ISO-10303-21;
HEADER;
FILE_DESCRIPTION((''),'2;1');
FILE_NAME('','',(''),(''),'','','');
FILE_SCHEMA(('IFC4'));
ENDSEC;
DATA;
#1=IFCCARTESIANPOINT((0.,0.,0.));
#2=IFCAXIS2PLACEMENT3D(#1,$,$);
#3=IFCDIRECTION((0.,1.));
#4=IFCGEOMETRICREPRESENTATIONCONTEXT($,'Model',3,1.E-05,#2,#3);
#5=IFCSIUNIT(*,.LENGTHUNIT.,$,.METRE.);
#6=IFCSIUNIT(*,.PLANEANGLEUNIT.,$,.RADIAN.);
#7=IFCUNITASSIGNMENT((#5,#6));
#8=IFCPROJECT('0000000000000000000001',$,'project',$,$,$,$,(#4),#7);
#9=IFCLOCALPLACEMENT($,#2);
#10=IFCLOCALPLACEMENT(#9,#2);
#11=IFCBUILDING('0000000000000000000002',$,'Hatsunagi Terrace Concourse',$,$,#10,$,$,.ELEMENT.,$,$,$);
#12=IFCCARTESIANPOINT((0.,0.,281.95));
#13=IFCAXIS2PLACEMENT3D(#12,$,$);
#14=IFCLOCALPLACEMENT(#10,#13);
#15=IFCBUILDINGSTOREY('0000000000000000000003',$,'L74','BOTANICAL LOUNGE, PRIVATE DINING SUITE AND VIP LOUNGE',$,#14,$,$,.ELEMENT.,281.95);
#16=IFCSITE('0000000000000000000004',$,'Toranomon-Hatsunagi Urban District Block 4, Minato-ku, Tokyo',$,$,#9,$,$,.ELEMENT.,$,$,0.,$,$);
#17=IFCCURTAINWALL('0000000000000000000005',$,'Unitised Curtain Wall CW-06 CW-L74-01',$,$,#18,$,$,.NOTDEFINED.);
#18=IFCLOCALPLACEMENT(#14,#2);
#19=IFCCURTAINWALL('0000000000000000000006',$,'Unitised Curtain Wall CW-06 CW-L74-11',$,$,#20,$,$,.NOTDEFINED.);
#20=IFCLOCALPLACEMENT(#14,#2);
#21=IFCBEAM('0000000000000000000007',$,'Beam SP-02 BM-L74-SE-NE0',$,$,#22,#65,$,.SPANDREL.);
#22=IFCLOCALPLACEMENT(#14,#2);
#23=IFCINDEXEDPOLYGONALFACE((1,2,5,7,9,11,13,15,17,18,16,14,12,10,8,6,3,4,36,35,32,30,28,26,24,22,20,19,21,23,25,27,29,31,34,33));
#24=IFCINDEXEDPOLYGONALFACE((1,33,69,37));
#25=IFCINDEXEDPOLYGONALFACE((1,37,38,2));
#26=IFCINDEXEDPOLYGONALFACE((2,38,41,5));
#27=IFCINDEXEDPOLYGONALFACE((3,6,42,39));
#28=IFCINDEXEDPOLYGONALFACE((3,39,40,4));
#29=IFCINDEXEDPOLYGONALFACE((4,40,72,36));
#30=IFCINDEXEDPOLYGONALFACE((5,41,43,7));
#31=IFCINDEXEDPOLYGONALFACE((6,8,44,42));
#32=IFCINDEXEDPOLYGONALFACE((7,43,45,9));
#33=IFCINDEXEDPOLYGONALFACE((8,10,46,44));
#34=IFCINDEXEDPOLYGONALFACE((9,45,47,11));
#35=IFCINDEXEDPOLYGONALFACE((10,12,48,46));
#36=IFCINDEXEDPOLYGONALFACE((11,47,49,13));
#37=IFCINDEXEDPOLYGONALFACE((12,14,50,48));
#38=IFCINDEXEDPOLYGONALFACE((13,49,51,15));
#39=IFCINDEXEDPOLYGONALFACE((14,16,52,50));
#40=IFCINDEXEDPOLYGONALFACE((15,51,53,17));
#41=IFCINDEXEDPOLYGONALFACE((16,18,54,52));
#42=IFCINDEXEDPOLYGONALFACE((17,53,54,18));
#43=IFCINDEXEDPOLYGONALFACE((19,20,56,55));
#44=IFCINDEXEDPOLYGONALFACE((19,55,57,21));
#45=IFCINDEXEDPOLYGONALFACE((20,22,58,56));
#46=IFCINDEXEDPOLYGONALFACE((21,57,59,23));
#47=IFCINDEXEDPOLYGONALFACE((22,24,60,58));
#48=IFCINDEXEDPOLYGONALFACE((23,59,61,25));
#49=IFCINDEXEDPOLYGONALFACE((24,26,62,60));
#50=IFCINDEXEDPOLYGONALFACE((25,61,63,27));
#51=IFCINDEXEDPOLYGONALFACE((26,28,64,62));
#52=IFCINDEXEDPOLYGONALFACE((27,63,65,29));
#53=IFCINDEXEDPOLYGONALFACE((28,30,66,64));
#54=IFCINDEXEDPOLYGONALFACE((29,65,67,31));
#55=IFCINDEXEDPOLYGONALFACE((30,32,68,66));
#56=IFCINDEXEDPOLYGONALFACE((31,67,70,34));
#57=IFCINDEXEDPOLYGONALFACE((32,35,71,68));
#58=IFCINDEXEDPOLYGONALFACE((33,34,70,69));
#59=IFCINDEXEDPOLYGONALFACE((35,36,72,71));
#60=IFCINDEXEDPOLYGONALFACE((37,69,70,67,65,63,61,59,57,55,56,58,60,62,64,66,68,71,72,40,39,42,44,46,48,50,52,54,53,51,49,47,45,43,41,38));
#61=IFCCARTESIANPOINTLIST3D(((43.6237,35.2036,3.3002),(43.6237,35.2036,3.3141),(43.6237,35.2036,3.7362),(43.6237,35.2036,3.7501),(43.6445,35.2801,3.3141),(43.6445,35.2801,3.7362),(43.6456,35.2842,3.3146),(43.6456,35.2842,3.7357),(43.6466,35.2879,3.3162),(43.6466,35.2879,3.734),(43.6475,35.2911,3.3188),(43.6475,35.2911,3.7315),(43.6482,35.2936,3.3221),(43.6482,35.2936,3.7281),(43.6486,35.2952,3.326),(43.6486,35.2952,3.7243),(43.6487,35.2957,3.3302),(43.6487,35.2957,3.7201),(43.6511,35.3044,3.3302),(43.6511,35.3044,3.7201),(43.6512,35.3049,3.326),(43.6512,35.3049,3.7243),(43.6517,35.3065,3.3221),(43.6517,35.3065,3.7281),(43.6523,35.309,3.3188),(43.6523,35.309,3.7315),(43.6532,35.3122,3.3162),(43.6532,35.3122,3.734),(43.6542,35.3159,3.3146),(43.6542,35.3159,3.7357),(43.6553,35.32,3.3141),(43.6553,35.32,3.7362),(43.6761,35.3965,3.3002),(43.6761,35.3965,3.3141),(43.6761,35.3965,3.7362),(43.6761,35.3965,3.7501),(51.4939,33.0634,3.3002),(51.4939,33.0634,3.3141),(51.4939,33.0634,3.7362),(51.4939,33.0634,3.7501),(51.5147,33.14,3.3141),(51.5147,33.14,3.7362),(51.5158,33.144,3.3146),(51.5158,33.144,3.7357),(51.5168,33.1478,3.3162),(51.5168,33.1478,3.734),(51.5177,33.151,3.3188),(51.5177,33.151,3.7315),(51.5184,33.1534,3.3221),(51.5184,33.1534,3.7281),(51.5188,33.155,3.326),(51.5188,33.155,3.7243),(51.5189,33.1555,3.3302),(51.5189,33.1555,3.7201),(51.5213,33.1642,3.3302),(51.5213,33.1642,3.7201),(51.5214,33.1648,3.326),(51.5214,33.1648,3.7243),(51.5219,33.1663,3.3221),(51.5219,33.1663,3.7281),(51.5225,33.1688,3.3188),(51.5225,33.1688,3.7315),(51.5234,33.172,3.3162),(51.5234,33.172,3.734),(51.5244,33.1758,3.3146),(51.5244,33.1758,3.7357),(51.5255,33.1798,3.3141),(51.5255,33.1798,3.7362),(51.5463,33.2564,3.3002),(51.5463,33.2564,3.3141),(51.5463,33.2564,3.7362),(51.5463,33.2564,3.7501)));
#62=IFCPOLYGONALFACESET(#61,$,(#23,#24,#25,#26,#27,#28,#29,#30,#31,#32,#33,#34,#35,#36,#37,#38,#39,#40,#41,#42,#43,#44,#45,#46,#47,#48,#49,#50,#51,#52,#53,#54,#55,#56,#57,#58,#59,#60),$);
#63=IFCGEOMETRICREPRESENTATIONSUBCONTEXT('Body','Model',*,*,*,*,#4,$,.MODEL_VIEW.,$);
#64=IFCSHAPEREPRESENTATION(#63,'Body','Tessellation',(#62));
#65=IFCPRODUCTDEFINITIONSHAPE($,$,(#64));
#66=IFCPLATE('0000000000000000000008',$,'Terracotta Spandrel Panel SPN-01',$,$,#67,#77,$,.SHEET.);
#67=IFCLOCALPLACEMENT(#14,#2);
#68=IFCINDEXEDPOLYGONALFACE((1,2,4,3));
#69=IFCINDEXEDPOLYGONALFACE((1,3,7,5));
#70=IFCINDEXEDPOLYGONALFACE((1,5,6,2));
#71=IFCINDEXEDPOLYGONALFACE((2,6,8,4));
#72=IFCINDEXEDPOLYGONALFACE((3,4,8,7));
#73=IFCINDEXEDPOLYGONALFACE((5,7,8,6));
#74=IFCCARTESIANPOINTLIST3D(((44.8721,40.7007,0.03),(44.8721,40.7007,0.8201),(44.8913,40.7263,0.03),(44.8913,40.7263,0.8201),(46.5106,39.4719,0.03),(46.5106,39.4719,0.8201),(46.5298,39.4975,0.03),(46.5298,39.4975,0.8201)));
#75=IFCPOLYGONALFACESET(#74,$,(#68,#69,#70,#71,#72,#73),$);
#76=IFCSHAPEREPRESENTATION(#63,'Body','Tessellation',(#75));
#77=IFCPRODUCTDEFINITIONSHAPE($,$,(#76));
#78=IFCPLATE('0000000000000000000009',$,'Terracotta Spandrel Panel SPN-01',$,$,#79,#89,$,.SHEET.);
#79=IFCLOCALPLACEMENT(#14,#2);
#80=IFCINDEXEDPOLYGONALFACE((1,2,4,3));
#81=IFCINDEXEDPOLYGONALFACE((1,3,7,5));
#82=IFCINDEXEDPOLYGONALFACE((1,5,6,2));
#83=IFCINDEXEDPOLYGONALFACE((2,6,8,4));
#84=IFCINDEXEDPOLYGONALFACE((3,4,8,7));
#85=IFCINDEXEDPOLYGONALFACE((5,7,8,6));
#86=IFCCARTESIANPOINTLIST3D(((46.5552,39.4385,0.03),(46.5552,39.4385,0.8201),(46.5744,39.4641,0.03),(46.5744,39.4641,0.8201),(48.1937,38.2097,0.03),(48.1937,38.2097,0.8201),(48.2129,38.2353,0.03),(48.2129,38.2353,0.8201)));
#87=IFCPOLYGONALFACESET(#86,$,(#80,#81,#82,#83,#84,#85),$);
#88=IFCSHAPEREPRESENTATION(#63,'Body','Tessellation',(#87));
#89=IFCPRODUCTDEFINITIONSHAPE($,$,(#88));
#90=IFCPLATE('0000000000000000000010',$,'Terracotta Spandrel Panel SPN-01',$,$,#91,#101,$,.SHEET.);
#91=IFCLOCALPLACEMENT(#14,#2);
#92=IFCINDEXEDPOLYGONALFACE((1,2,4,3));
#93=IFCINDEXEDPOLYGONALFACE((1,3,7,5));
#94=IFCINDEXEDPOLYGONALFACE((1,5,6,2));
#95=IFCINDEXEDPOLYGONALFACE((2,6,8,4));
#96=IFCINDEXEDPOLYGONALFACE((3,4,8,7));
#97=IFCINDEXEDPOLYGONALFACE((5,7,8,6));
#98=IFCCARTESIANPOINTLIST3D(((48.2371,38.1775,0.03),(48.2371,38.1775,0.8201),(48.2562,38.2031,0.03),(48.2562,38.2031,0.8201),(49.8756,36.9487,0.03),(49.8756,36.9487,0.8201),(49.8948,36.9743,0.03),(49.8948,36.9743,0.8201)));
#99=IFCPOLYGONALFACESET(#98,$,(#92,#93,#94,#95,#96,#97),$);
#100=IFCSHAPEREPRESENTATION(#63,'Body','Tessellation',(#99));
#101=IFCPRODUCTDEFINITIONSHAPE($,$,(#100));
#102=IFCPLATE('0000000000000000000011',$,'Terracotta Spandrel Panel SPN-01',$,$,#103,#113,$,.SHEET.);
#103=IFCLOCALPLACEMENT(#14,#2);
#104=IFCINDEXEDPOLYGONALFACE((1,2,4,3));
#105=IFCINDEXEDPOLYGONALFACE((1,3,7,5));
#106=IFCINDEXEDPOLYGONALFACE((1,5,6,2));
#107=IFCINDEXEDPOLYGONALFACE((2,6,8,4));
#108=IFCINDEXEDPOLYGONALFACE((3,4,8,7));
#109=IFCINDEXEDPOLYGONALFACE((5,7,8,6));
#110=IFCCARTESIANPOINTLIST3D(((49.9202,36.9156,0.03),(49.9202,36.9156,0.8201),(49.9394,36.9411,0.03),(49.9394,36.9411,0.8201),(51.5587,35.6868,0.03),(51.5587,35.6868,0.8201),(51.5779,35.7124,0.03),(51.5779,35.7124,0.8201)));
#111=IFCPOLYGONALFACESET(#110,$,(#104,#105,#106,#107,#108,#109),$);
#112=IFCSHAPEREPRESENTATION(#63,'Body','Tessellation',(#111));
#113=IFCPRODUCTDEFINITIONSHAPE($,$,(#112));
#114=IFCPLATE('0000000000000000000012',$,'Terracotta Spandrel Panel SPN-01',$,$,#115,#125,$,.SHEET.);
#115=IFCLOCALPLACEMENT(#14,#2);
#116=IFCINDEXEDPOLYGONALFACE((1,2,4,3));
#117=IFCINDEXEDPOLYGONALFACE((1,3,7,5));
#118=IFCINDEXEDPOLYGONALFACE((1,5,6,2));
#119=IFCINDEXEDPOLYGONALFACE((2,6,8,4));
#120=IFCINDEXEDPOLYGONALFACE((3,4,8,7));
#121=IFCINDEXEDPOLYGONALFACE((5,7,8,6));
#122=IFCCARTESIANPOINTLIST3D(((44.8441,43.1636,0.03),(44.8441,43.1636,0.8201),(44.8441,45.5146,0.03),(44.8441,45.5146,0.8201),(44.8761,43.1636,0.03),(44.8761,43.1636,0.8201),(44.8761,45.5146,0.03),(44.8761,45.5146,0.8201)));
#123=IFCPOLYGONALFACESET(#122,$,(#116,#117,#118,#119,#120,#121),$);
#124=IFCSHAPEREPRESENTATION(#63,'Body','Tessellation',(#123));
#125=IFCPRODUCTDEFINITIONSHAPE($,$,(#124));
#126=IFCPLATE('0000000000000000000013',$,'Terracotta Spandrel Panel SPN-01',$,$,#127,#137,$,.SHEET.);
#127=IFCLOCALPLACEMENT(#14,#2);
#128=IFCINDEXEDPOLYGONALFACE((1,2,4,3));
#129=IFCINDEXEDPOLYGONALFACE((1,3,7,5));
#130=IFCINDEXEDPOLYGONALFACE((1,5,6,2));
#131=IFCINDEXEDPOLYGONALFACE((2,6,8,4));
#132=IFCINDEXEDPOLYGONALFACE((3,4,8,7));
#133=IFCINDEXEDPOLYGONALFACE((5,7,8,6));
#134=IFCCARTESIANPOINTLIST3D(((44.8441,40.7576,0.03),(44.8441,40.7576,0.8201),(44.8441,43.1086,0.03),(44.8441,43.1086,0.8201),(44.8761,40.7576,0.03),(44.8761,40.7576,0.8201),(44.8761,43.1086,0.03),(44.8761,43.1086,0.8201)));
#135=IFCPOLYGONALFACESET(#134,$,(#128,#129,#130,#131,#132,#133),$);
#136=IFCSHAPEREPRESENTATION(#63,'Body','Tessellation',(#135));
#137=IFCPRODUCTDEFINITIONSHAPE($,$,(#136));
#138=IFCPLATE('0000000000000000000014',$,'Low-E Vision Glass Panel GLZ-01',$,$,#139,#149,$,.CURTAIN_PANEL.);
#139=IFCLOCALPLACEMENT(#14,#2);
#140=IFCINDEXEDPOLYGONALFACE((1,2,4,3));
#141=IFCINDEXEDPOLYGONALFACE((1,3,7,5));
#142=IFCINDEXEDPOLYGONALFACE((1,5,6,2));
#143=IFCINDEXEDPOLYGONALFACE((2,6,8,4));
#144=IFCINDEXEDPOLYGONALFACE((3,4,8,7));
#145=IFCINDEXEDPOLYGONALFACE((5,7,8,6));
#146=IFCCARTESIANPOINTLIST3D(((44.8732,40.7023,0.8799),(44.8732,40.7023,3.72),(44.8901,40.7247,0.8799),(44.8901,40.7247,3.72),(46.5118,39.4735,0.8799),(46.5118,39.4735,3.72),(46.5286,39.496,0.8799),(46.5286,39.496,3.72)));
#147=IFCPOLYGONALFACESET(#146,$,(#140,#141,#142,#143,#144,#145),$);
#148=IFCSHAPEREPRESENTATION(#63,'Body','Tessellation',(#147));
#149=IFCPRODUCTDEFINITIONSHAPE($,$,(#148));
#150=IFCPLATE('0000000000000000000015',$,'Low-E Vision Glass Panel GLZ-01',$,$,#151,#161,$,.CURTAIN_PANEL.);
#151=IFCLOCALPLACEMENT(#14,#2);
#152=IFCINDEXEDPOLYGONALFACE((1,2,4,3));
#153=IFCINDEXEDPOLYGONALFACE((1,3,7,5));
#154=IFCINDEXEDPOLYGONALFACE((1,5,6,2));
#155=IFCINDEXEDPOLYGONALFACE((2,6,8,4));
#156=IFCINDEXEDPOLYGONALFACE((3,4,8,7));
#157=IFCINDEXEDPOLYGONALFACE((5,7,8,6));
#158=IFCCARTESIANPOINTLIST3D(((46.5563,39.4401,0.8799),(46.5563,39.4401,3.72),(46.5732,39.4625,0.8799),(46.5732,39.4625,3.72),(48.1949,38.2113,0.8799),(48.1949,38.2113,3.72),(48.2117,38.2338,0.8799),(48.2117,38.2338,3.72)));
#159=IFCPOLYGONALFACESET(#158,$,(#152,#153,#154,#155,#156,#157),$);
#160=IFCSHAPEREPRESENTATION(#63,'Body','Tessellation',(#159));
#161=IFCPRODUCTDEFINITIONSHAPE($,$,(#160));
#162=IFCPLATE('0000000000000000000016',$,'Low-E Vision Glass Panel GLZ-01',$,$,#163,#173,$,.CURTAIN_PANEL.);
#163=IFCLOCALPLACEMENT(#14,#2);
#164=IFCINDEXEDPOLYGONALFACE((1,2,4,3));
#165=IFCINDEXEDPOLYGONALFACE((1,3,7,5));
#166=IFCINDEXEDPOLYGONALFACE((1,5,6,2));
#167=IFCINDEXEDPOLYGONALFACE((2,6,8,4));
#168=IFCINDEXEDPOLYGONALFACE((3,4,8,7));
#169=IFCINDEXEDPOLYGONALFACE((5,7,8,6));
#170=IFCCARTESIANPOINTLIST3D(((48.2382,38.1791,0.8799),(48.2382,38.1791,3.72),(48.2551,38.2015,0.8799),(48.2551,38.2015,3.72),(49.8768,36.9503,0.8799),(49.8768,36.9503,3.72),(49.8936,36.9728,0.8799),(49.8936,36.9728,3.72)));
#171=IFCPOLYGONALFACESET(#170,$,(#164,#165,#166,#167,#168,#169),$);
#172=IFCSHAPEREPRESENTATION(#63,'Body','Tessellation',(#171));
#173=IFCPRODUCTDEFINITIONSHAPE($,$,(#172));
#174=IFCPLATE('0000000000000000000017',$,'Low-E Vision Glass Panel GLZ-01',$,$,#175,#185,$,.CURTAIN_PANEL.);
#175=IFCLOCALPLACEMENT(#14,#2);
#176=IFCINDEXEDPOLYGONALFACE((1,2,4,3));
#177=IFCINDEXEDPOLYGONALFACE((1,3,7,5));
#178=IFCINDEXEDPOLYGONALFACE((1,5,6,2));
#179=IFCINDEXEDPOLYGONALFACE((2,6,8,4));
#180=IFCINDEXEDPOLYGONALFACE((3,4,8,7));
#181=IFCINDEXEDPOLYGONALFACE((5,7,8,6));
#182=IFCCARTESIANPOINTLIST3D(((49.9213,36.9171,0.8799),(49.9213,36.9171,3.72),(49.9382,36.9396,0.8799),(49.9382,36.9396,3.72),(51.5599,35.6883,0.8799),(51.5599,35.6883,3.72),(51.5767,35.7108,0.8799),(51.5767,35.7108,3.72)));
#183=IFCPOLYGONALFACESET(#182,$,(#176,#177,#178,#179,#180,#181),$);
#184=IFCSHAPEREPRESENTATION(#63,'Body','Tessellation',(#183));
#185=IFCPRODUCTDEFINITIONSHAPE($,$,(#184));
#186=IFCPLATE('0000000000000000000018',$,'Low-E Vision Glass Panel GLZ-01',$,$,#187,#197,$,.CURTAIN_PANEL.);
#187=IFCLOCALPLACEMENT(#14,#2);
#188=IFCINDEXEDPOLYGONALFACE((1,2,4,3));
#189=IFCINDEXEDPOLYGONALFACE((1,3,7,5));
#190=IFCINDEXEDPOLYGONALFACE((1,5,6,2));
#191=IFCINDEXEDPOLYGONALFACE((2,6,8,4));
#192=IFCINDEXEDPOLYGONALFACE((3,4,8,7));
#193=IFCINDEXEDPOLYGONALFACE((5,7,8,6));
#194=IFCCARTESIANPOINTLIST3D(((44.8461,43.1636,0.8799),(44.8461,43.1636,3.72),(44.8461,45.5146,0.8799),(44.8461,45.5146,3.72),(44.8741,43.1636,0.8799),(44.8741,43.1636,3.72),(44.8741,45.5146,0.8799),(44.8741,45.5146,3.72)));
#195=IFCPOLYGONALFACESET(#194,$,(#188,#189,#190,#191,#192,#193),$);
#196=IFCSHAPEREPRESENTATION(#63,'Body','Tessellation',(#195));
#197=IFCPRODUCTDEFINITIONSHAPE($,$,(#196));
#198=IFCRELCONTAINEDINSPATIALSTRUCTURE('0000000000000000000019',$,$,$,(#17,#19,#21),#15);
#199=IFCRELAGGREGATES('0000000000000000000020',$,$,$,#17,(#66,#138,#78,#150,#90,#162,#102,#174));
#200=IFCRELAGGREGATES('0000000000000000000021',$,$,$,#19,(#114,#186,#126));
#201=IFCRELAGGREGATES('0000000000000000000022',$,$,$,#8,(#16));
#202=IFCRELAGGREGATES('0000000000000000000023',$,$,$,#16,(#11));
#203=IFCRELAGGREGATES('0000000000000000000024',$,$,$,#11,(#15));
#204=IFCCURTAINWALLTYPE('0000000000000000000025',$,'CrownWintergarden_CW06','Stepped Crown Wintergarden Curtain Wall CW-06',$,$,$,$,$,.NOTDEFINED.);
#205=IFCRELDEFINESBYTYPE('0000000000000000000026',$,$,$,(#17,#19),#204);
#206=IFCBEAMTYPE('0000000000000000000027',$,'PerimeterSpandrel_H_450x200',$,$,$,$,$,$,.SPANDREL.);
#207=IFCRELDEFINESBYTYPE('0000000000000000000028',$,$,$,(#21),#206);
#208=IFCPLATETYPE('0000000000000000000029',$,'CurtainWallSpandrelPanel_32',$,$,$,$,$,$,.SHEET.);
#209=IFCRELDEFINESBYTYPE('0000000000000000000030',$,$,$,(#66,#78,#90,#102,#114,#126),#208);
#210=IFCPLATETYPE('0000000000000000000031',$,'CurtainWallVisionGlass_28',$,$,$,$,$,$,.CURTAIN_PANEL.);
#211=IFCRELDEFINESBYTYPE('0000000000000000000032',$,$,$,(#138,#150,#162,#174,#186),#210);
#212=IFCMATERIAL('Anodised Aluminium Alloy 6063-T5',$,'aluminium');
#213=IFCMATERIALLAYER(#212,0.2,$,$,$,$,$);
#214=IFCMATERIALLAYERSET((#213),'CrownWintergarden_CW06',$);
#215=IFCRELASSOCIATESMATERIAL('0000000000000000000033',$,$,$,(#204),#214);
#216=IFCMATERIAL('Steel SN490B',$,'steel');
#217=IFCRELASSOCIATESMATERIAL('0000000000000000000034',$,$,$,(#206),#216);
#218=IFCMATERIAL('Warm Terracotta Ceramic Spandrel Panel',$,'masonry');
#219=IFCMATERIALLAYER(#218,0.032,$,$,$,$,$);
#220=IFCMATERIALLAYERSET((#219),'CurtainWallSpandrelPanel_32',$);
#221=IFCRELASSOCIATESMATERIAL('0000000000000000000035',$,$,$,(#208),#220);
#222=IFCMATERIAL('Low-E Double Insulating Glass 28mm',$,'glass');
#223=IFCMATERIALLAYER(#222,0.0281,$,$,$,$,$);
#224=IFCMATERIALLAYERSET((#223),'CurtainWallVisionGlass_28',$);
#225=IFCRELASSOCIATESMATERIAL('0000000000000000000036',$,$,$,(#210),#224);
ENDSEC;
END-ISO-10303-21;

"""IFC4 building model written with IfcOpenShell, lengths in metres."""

from ifc_helpers import new_model, si_unit, direction, frame, origin, origin_2d, place, context, subcontext, project, spatial, rectangle, i_section, extrude, material, layer, layer_set, material_profile, profile_set, type_object, element, aggregate, save


model = new_model("IFC4")

# Units and contexts
model_context = context("Model", 3, precision=1e-05, world=origin(), true_north=direction((0.0, 1.0)))
body_context = subcontext(model_context, "Body", "Model", "MODEL_VIEW")
ifc_project = project(units=[si_unit("LENGTHUNIT", "METRE"), si_unit("PLANEANGLEUNIT", "RADIAN")], contexts=[model_context])

# Site, building, storey
site_placement = place(None, origin())
site = spatial("IfcSite", under=ifc_project, at=site_placement, Name="Toranomon-Hatsunagi Urban District Block 4, Minato-ku, Tokyo", CompositionType="ELEMENT", RefElevation=0.0)
building_placement = place(site_placement, origin())
building = spatial("IfcBuilding", under=site, at=building_placement, Name="Hatsunagi Terrace Concourse", CompositionType="ELEMENT")
storey_placement = place(building_placement, frame((0.0, 0.0, 281.95)))
storey = spatial("IfcBuildingStorey", under=building, at=storey_placement, Name="L74", Description="BOTANICAL LOUNGE, PRIVATE DINING SUITE AND VIP LOUNGE", CompositionType="ELEMENT", Elevation=281.95)

# Curtain walls
ifc_material_1 = material(Name="Anodised Aluminium Alloy 6063-T5", Category="aluminium")
ifc_layer_1 = layer(ifc_material_1, 0.2)
ifc_layer_set_1 = layer_set([ifc_layer_1], Name="CrownWintergarden_CW06")
curtain_wall_type = type_object("IfcCurtainWallType", Name="CrownWintergarden_CW06", Description="Stepped Crown Wintergarden Curtain Wall CW-06", PredefinedType="NOTDEFINED", material=ifc_layer_set_1)
curtain_wall_1_placement = place(storey_placement, origin())
curtain_wall_1 = element("IfcCurtainWall", 1, at=curtain_wall_1_placement, inside=storey, type_object=curtain_wall_type, Name="Unitised Curtain Wall CW-06 CW-L74-01", PredefinedType="NOTDEFINED")
curtain_wall_2_placement = place(storey_placement, origin())
curtain_wall_2 = element("IfcCurtainWall", 2, at=curtain_wall_2_placement, inside=storey, type_object=curtain_wall_type, Name="Unitised Curtain Wall CW-06 CW-L74-11", PredefinedType="NOTDEFINED")

# Beam
ifc_material_2 = material(Name="Steel SN490B", Category="steel")
ifc_material_profile_1 = material_profile(ifc_material_2, i_section(OverallWidth=0.2, OverallDepth=0.45, WebThickness=0.009, FlangeThickness=0.0139, FilletRadius=0.0161, at=origin_2d()), Name="H-450x200x9x14")
ifc_profile_set_1 = profile_set([ifc_material_profile_1], Name="Steel SN490B")
beam_type_1 = type_object("IfcBeamType", Name="PerimeterSpandrel_H_450x200", PredefinedType="SPANDREL", material=ifc_profile_set_1)
beam_1_placement = place(storey_placement, frame((43.6499, 35.3, 3.5251), z_axis=(0.964958, -0.262403, 0.0), x_axis=(0.262403, 0.964958, 0.0)))
element("IfcBeam", 3, at=beam_1_placement, inside=storey, type_object=beam_type_1, Name="Beam SP-02 BM-L74-SE-NE0", PredefinedType="SPANDREL", context=body_context, shape_type="SweptSolid", body=[
    extrude(i_section(OverallWidth=0.2, OverallDepth=0.45, WebThickness=0.009, FlangeThickness=0.0139, FilletRadius=0.0161, at=origin_2d()), origin(), (0.0, 0.0, 1.0), 8.156),
])

# Plates
ifc_material_3 = material(Name="Warm Terracotta Ceramic Spandrel Panel", Category="masonry")
ifc_layer_2 = layer(ifc_material_3, 0.032)
ifc_layer_set_2 = layer_set([ifc_layer_2], Name="CurtainWallSpandrelPanel_32")
plate_type_1 = type_object("IfcPlateType", Name="CurtainWallSpandrelPanel_32", PredefinedType="SHEET", material=ifc_layer_set_2)
plate_1_placement = place(storey_placement, frame((45.7009, 40.0991, 0.03), z_axis=(0.0, 0.0, 1.0), x_axis=(0.800028, -0.599962, 0.0)))
plate_1 = element("IfcPlate", 4, at=plate_1_placement, type_object=plate_type_1, Name="Terracotta Spandrel Panel SPN-01", PredefinedType="SHEET", context=body_context, shape_type="SweptSolid", body=[
    extrude(rectangle(XDim=2.0481, YDim=0.032, at=origin_2d()), origin(), (0.0, 0.0, 1.0), 0.79),
])
plate_2_placement = place(storey_placement, frame((47.384, 38.8369, 0.03), z_axis=(0.0, 0.0, 1.0), x_axis=(0.800028, -0.599962, 0.0)))
plate_2 = element("IfcPlate", 5, at=plate_2_placement, type_object=plate_type_1, Name="Terracotta Spandrel Panel SPN-01", PredefinedType="SHEET", context=body_context, shape_type="SweptSolid", body=[
    extrude(rectangle(XDim=2.0481, YDim=0.032, at=origin_2d()), origin(), (0.0, 0.0, 1.0), 0.79),
])
plate_3_placement = place(storey_placement, frame((49.0659, 37.5759, 0.03), z_axis=(0.0, 0.0, 1.0), x_axis=(0.800028, -0.599962, 0.0)))
plate_3 = element("IfcPlate", 6, at=plate_3_placement, type_object=plate_type_1, Name="Terracotta Spandrel Panel SPN-01", PredefinedType="SHEET", context=body_context, shape_type="SweptSolid", body=[
    extrude(rectangle(XDim=2.0481, YDim=0.032, at=origin_2d()), origin(), (0.0, 0.0, 1.0), 0.79),
])
plate_4_placement = place(storey_placement, frame((50.749, 36.314, 0.03), z_axis=(0.0, 0.0, 1.0), x_axis=(0.800028, -0.599962, 0.0)))
plate_4 = element("IfcPlate", 7, at=plate_4_placement, type_object=plate_type_1, Name="Terracotta Spandrel Panel SPN-01", PredefinedType="SHEET", context=body_context, shape_type="SweptSolid", body=[
    extrude(rectangle(XDim=2.0481, YDim=0.032, at=origin_2d()), origin(), (0.0, 0.0, 1.0), 0.79),
])
plate_5_placement = place(storey_placement, frame((44.8601, 44.3391, 0.03), z_axis=(0.0, 0.0, 1.0), x_axis=(0.0, -1.0, 0.0)))
plate_5 = element("IfcPlate", 8, at=plate_5_placement, type_object=plate_type_1, Name="Terracotta Spandrel Panel SPN-01", PredefinedType="SHEET", context=body_context, shape_type="SweptSolid", body=[
    extrude(rectangle(XDim=2.3511, YDim=0.032, at=origin_2d()), origin(), (0.0, 0.0, 1.0), 0.79),
])
plate_6_placement = place(storey_placement, frame((44.8601, 41.9331, 0.03), z_axis=(0.0, 0.0, 1.0), x_axis=(0.0, -1.0, 0.0)))
plate_6 = element("IfcPlate", 9, at=plate_6_placement, type_object=plate_type_1, Name="Terracotta Spandrel Panel SPN-01", PredefinedType="SHEET", context=body_context, shape_type="SweptSolid", body=[
    extrude(rectangle(XDim=2.3511, YDim=0.032, at=origin_2d()), origin(), (0.0, 0.0, 1.0), 0.79),
])
ifc_material_4 = material(Name="Low-E Double Insulating Glass 28mm", Category="glass")
ifc_layer_3 = layer(ifc_material_4, 0.0281)
ifc_layer_set_3 = layer_set([ifc_layer_3], Name="CurtainWallVisionGlass_28")
plate_type_2 = type_object("IfcPlateType", Name="CurtainWallVisionGlass_28", PredefinedType="CURTAIN_PANEL", material=ifc_layer_set_3)
plate_7_placement = place(storey_placement, frame((45.7009, 40.0991, 0.8799), z_axis=(0.0, 0.0, 1.0), x_axis=(0.800028, -0.599962, 0.0)))
plate_7 = element("IfcPlate", 10, at=plate_7_placement, type_object=plate_type_2, Name="Low-E Vision Glass Panel GLZ-01", PredefinedType="CURTAIN_PANEL", context=body_context, shape_type="SweptSolid", body=[
    extrude(rectangle(XDim=2.0481, YDim=0.0281, at=origin_2d()), origin(), (0.0, 0.0, 1.0), 2.8401),
])
plate_8_placement = place(storey_placement, frame((47.384, 38.8369, 0.8799), z_axis=(0.0, 0.0, 1.0), x_axis=(0.800028, -0.599962, 0.0)))
plate_8 = element("IfcPlate", 11, at=plate_8_placement, type_object=plate_type_2, Name="Low-E Vision Glass Panel GLZ-01", PredefinedType="CURTAIN_PANEL", context=body_context, shape_type="SweptSolid", body=[
    extrude(rectangle(XDim=2.0481, YDim=0.0281, at=origin_2d()), origin(), (0.0, 0.0, 1.0), 2.8401),
])
plate_9_placement = place(storey_placement, frame((49.0659, 37.5759, 0.8799), z_axis=(0.0, 0.0, 1.0), x_axis=(0.800028, -0.599962, 0.0)))
plate_9 = element("IfcPlate", 12, at=plate_9_placement, type_object=plate_type_2, Name="Low-E Vision Glass Panel GLZ-01", PredefinedType="CURTAIN_PANEL", context=body_context, shape_type="SweptSolid", body=[
    extrude(rectangle(XDim=2.0481, YDim=0.0281, at=origin_2d()), origin(), (0.0, 0.0, 1.0), 2.8401),
])
plate_10_placement = place(storey_placement, frame((50.749, 36.314, 0.8799), z_axis=(0.0, 0.0, 1.0), x_axis=(0.800028, -0.599962, 0.0)))
plate_10 = element("IfcPlate", 13, at=plate_10_placement, type_object=plate_type_2, Name="Low-E Vision Glass Panel GLZ-01", PredefinedType="CURTAIN_PANEL", context=body_context, shape_type="SweptSolid", body=[
    extrude(rectangle(XDim=2.0481, YDim=0.0281, at=origin_2d()), origin(), (0.0, 0.0, 1.0), 2.8401),
])
aggregate(curtain_wall_1, [plate_1, plate_7, plate_2, plate_8, plate_3, plate_9, plate_4, plate_10])
plate_11_placement = place(storey_placement, frame((44.8601, 44.3391, 0.8799), z_axis=(0.0, 0.0, 1.0), x_axis=(0.0, -1.0, 0.0)))
plate_11 = element("IfcPlate", 14, at=plate_11_placement, type_object=plate_type_2, Name="Low-E Vision Glass Panel GLZ-01", PredefinedType="CURTAIN_PANEL", context=body_context, shape_type="SweptSolid", body=[
    extrude(rectangle(XDim=2.3511, YDim=0.0281, at=origin_2d()), origin(), (0.0, 0.0, 1.0), 2.8401),
])
aggregate(curtain_wall_2, [plate_5, plate_11, plate_6])

save(model, "model.ifc")
